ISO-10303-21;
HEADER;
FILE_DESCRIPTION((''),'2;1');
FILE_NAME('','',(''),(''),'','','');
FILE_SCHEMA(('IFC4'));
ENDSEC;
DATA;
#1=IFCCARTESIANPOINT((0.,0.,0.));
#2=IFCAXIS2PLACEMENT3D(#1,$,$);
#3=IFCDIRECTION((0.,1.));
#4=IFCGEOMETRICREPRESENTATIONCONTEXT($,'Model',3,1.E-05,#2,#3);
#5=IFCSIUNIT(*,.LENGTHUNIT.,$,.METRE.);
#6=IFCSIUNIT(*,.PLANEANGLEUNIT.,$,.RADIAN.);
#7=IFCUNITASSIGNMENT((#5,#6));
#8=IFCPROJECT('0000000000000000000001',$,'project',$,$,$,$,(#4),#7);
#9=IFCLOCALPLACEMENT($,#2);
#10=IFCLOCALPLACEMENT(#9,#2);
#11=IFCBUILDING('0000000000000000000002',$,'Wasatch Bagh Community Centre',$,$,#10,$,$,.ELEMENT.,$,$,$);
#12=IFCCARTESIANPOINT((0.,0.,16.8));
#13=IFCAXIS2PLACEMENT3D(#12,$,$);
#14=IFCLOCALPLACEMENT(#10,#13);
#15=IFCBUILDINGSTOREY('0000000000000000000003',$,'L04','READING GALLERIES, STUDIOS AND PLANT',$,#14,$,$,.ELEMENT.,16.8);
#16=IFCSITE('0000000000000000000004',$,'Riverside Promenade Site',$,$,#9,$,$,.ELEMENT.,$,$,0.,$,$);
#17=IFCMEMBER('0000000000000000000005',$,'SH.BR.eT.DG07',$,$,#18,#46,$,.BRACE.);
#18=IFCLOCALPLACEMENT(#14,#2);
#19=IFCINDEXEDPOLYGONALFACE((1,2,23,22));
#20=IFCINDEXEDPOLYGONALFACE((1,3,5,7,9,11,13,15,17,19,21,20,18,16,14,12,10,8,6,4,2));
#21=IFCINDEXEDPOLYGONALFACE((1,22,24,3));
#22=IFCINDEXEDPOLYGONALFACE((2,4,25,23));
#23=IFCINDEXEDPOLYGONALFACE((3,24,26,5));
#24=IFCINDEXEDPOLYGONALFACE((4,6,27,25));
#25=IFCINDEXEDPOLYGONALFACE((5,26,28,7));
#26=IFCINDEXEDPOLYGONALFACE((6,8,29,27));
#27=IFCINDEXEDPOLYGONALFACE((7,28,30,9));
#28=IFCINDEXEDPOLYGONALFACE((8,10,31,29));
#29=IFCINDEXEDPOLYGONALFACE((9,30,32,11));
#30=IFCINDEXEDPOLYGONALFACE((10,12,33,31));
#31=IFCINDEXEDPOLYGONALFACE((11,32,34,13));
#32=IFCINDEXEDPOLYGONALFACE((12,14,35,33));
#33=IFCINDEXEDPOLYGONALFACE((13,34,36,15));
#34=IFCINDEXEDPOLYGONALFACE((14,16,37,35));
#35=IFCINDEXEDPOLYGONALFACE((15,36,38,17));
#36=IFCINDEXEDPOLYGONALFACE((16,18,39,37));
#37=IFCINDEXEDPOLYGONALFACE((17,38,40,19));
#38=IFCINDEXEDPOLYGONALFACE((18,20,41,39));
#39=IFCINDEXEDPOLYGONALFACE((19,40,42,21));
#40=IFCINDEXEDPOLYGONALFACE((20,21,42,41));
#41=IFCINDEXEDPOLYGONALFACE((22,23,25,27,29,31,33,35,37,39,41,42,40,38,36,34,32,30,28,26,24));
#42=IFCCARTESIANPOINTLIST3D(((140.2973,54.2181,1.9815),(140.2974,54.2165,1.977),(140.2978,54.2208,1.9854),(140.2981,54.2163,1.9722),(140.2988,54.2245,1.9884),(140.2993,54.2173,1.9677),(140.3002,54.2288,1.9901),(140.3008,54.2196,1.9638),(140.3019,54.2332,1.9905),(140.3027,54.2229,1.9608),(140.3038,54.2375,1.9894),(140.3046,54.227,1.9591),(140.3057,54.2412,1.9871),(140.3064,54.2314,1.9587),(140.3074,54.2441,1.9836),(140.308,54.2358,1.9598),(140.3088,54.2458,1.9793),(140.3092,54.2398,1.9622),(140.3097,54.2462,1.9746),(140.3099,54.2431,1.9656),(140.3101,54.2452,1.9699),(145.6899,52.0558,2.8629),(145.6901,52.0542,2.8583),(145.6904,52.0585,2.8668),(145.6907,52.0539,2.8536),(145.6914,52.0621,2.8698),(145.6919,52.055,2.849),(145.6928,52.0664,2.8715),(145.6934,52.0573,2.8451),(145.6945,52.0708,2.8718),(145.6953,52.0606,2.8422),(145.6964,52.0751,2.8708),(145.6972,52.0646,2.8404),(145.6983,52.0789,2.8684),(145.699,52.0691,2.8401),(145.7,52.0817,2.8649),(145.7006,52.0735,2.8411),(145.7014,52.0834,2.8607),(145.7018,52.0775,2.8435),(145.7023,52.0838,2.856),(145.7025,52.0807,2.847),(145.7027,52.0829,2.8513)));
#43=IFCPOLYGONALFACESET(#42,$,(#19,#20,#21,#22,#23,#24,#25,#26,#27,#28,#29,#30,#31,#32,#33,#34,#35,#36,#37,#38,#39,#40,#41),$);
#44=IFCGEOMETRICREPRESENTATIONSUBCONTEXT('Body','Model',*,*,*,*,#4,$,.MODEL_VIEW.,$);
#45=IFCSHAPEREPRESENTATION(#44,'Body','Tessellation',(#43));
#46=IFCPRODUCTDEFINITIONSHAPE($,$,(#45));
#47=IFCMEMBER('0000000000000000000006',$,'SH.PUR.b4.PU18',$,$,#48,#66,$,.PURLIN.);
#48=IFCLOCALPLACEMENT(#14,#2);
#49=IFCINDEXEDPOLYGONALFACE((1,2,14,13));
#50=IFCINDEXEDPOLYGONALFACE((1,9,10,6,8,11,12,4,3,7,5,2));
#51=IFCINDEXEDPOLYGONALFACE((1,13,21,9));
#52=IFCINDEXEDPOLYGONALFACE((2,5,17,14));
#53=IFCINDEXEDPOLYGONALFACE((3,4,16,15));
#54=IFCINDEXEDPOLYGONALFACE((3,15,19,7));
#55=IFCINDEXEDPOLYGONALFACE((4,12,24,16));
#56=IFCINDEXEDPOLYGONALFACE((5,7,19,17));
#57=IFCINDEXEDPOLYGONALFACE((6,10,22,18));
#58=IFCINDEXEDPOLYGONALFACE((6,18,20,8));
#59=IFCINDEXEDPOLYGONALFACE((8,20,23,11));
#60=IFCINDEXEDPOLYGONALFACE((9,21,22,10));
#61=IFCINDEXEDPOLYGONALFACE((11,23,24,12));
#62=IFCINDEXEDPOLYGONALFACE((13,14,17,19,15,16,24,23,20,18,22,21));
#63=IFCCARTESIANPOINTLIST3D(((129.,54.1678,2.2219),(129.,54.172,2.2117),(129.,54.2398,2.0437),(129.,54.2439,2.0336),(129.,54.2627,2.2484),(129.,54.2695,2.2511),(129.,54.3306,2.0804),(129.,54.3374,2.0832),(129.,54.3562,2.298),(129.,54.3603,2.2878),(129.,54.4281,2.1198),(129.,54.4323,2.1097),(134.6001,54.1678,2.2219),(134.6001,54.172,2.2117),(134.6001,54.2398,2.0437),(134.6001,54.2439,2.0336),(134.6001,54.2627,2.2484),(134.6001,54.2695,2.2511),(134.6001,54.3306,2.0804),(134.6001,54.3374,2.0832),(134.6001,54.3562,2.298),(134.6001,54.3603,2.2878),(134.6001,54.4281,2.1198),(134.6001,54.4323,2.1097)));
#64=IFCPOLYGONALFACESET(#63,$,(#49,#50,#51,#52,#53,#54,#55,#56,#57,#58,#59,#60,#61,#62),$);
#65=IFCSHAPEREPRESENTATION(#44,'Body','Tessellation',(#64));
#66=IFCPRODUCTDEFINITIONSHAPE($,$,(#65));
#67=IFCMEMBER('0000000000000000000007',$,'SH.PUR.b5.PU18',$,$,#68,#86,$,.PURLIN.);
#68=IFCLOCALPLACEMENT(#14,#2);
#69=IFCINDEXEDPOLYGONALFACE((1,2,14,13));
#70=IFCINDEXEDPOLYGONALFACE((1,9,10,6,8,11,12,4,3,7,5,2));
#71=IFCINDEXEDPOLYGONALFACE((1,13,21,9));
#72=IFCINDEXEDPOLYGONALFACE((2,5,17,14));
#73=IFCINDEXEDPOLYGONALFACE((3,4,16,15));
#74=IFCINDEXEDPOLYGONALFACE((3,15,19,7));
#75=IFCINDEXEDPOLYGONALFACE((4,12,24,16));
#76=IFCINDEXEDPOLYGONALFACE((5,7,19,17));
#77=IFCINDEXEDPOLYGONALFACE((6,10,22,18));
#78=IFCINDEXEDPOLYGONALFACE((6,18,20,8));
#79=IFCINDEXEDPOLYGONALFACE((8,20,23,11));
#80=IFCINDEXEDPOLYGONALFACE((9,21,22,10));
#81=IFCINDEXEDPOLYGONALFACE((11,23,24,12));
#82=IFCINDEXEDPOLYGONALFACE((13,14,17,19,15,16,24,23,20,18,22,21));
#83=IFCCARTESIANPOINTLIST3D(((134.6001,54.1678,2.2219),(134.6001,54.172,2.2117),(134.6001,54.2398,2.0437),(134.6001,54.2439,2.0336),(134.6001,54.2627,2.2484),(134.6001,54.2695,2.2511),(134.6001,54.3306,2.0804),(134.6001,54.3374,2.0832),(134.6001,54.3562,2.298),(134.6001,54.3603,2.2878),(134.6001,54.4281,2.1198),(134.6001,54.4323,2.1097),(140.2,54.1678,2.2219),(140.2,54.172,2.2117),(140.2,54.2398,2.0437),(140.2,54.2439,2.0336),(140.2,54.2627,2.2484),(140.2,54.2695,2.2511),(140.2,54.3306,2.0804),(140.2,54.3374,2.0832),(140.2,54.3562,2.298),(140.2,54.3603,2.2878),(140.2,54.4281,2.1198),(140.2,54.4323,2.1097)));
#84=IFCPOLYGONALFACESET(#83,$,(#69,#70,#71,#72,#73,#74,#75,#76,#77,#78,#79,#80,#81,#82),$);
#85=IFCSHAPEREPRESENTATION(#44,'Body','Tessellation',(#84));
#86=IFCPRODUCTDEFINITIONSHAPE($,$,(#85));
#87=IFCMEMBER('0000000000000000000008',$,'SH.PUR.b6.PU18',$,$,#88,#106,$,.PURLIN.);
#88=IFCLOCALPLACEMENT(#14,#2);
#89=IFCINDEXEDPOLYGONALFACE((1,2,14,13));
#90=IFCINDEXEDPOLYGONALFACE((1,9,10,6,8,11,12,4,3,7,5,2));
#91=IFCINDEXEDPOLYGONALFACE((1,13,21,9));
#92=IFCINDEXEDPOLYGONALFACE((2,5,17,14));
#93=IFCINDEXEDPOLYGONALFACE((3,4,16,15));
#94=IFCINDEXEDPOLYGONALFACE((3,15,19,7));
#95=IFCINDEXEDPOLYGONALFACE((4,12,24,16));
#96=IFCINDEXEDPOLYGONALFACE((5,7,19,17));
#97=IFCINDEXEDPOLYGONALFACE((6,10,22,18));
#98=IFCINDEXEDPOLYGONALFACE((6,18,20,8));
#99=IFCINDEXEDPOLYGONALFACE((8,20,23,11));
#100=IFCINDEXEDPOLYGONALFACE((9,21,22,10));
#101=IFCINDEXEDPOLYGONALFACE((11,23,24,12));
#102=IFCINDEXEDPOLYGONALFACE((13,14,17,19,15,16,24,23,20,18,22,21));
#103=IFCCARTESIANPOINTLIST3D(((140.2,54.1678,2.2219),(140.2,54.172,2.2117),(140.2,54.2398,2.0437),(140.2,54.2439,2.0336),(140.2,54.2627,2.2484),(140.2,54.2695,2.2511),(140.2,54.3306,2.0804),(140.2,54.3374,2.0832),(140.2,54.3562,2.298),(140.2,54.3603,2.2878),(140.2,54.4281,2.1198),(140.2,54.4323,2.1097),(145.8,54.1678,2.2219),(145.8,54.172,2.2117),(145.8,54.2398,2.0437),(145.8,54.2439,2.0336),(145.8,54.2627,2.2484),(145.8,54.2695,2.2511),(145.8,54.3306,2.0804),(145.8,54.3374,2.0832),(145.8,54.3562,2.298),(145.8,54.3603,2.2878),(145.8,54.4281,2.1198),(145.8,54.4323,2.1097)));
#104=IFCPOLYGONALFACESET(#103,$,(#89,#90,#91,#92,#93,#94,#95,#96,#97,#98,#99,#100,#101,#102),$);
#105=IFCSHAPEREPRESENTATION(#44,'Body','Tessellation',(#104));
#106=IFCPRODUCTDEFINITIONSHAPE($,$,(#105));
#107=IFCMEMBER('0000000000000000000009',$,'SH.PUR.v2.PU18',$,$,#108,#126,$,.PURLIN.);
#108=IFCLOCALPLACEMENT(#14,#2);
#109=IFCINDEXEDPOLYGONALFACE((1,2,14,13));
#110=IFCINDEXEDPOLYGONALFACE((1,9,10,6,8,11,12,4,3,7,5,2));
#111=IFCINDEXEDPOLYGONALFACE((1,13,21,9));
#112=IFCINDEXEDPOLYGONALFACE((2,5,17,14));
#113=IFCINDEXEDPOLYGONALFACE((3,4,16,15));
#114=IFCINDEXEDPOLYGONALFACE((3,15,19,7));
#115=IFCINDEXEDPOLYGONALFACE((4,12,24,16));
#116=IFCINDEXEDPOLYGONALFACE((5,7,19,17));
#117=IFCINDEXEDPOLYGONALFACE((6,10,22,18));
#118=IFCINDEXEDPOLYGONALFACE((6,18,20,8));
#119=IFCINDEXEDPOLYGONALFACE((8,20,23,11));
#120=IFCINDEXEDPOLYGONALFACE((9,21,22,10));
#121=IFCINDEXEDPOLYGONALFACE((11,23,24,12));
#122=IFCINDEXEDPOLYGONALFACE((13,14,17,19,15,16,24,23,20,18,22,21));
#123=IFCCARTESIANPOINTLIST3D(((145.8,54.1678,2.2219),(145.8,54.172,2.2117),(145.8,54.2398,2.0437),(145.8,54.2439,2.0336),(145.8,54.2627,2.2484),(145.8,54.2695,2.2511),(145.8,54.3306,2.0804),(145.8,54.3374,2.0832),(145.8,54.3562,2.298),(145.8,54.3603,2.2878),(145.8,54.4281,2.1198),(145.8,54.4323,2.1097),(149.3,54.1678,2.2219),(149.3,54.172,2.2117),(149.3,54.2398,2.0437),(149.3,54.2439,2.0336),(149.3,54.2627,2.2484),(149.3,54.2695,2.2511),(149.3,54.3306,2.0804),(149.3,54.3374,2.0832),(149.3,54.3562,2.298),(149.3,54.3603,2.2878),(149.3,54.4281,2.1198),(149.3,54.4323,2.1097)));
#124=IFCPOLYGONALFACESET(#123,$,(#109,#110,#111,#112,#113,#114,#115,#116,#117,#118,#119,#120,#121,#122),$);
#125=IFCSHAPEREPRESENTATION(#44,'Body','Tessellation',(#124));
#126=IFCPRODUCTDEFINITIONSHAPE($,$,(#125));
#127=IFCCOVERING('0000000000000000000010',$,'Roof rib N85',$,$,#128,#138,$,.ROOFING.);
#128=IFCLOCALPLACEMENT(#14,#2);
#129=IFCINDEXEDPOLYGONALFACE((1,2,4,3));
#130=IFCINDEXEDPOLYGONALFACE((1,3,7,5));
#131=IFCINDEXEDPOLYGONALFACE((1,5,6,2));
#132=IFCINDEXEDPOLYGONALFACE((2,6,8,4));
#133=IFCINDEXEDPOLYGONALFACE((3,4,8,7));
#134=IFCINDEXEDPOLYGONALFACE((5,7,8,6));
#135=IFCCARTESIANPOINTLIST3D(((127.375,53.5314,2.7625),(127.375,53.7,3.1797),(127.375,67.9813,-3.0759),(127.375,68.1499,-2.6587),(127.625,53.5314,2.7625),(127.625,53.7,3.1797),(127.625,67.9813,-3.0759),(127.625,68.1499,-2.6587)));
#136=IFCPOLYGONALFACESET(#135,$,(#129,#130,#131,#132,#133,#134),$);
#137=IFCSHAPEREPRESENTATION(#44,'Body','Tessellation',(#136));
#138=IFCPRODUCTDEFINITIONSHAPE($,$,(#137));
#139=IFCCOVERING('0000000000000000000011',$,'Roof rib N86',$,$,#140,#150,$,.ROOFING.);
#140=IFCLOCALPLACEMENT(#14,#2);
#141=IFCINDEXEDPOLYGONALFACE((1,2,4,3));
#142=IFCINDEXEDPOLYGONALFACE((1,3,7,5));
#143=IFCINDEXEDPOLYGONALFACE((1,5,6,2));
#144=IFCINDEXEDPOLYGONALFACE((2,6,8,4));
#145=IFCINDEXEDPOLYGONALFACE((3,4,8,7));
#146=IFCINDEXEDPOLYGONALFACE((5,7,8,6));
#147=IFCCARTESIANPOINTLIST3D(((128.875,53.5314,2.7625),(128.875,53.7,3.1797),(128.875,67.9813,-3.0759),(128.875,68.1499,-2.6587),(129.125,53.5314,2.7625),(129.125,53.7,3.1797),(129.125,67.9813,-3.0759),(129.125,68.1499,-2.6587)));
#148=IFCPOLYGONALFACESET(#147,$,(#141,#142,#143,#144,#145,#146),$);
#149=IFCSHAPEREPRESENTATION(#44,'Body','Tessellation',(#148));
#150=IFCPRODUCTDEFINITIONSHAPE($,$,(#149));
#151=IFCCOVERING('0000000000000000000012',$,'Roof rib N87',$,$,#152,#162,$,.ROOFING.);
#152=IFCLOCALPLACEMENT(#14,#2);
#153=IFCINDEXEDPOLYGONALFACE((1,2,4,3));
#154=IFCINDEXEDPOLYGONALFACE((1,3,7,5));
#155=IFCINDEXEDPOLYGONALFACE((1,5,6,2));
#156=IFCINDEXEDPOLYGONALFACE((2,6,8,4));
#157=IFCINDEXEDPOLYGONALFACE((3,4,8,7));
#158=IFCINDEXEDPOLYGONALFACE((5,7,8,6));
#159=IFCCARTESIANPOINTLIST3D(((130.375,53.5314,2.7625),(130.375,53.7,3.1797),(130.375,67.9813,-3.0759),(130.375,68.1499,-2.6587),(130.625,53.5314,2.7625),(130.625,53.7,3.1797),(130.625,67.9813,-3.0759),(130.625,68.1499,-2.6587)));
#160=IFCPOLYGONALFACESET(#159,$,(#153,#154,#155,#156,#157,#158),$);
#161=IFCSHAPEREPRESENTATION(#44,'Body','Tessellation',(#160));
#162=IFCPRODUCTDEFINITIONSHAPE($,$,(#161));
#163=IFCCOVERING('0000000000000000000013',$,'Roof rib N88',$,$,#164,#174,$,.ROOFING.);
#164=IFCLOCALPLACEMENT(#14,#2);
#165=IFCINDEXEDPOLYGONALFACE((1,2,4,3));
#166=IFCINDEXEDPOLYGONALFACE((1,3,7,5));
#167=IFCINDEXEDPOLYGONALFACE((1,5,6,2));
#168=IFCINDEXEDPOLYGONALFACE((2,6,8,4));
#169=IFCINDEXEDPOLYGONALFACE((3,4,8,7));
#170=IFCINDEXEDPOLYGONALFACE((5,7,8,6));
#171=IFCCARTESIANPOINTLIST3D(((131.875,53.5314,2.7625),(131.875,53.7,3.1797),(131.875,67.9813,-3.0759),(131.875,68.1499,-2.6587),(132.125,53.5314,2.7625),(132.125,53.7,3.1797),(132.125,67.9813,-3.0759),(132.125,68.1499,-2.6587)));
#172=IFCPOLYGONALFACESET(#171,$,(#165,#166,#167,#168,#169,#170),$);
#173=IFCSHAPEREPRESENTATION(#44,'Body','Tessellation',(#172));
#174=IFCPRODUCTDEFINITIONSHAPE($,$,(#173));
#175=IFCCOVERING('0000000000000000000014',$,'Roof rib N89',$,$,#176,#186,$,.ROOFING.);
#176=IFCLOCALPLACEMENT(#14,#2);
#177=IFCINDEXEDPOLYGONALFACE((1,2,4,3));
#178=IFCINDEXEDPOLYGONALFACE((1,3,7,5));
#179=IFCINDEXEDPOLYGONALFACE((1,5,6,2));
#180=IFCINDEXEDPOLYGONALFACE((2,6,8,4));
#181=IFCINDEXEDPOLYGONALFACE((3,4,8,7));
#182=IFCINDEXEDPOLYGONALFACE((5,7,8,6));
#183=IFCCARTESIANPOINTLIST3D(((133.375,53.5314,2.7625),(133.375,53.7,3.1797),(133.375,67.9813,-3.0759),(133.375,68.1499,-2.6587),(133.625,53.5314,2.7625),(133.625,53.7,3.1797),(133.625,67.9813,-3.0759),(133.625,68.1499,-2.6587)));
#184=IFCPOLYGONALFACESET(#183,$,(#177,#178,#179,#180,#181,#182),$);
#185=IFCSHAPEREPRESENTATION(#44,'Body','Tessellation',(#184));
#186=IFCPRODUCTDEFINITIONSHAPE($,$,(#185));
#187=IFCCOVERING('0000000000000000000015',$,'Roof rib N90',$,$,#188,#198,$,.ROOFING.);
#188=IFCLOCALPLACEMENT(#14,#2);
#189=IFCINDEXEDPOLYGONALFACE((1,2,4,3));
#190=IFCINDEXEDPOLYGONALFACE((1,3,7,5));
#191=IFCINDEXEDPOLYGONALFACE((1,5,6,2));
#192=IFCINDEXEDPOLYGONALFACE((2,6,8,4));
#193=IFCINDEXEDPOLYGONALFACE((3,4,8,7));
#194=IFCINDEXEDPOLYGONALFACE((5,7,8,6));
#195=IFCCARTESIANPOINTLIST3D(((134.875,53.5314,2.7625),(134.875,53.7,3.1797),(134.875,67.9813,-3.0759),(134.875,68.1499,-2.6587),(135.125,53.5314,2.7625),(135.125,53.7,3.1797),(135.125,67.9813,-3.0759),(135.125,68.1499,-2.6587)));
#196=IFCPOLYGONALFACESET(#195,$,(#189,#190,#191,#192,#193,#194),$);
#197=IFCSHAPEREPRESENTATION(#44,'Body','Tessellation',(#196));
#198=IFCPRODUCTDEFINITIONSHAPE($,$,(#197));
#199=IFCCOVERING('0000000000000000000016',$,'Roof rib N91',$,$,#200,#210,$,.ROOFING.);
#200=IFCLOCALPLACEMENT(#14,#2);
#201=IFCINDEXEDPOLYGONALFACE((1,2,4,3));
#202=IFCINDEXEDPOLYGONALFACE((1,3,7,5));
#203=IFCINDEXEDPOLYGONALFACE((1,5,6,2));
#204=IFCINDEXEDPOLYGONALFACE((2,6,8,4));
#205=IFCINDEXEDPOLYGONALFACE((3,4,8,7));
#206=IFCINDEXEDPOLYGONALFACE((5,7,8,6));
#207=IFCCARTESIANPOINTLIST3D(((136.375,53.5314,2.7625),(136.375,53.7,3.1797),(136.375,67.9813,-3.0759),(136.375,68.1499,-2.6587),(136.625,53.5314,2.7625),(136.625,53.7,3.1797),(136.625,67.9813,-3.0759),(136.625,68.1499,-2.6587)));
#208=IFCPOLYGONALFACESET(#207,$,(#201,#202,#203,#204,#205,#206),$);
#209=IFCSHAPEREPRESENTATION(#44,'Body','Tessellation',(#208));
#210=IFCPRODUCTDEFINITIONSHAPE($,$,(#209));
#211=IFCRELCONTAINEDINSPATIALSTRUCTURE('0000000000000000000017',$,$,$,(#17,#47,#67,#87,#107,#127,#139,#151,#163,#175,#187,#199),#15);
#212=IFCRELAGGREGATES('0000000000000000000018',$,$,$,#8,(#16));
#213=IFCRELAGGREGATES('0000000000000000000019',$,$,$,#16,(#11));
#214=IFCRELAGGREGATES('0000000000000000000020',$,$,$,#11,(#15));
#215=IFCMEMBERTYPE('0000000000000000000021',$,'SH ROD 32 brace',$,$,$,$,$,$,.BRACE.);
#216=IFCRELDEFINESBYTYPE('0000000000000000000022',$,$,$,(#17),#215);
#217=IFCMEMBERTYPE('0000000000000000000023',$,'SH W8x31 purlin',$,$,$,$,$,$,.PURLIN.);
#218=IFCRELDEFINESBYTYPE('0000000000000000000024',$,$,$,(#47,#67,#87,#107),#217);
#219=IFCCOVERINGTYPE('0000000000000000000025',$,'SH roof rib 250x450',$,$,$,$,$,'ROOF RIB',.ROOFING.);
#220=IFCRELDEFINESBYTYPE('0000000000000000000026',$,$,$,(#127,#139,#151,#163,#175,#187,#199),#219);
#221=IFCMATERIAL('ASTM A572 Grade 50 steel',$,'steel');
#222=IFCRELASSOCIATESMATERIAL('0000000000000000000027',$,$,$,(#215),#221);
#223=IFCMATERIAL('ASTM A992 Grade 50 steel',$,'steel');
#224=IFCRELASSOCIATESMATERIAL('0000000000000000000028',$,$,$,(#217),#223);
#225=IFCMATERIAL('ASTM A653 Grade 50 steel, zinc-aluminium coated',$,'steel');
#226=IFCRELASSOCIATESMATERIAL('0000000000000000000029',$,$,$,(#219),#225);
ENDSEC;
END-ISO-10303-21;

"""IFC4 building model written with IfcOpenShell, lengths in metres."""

from ifc_helpers import new_model, si_unit, direction, frame, origin, origin_2d, place, context, subcontext, project, spatial, polyline, circle, i_section, outline, extrude, material, material_profile, profile_set, type_object, element, save


model = new_model("IFC4")

# Units and contexts
model_context = context("Model", 3, precision=1e-05, world=origin(), true_north=direction((0.0, 1.0)))
body_context = subcontext(model_context, "Body", "Model", "MODEL_VIEW")
ifc_project = project(units=[si_unit("LENGTHUNIT", "METRE"), si_unit("PLANEANGLEUNIT", "RADIAN")], contexts=[model_context])

# Site, building, storey
site_placement = place(None, origin())
site = spatial("IfcSite", under=ifc_project, at=site_placement, Name="Riverside Promenade Site", CompositionType="ELEMENT", RefElevation=0.0)
building_placement = place(site_placement, origin())
building = spatial("IfcBuilding", under=site, at=building_placement, Name="Wasatch Bagh Community Centre", CompositionType="ELEMENT")
storey_placement = place(building_placement, frame((0.0, 0.0, 16.8)))
storey = spatial("IfcBuildingStorey", under=building, at=storey_placement, Name="L04", Description="READING GALLERIES, STUDIOS AND PLANT", CompositionType="ELEMENT", Elevation=16.8)

# Members
ifc_material_1 = material(Name="ASTM A572 Grade 50 steel", Category="steel")
ifc_material_profile_1 = material_profile(ifc_material_1, circle(Radius=0.0161, at=origin_2d()), Name="ROD 32")
ifc_profile_set_1 = profile_set([ifc_material_profile_1], Name="ASTM A572 Grade 50 steel")
member_type_1 = type_object("IfcMemberType", Name="SH ROD 32 brace", PredefinedType="BRACE", material=ifc_profile_set_1)
member_1_placement = place(storey_placement, frame((140.3037, 54.2312, 1.9746), z_axis=(0.917662, -0.367971, 0.14998), x_axis=(0.37218, 0.92816, 0.0)))
element("IfcMember", 1, at=member_1_placement, inside=storey, type_object=member_type_1, Name="SH.BR.eT.DG07", PredefinedType="BRACE", context=body_context, shape_type="SweptSolid", body=[
    extrude(circle(Radius=0.0161, at=origin_2d()), origin(), (0.0, 0.0, 1.0), 5.8765),
])
ifc_material_2 = material(Name="ASTM A992 Grade 50 steel", Category="steel")
ifc_material_profile_2 = material_profile(ifc_material_2, i_section(OverallWidth=0.2031, OverallDepth=0.2031, WebThickness=0.0073, FlangeThickness=0.011, at=origin_2d()), Name="W8x31")
ifc_profile_set_2 = profile_set([ifc_material_profile_2], Name="ASTM A992 Grade 50 steel")
member_type_2 = type_object("IfcMemberType", Name="SH W8x31 purlin", PredefinedType="PURLIN", material=ifc_profile_set_2)
member_2_placement = place(storey_placement, frame((129.0, 54.3, 2.1658), z_axis=(1.0, 0.0, 0.0), x_axis=(0.0, 0.927184, 0.374607)))
element("IfcMember", 2, at=member_2_placement, inside=storey, type_object=member_type_2, Name="SH.PUR.b4.PU18", PredefinedType="PURLIN", context=body_context, shape_type="SweptSolid", body=[
    extrude(i_section(OverallWidth=0.2031, OverallDepth=0.2031, WebThickness=0.0073, FlangeThickness=0.011, at=origin_2d()), origin(), (0.0, 0.0, 1.0), 5.6001),
])
member_3_placement = place(storey_placement, frame((134.6001, 54.3, 2.1658), z_axis=(1.0, 0.0, 0.0), x_axis=(0.0, 0.927184, 0.374607)))
element("IfcMember", 3, at=member_3_placement, inside=storey, type_object=member_type_2, Name="SH.PUR.b5.PU18", PredefinedType="PURLIN", context=body_context, shape_type="SweptSolid", body=[
    extrude(i_section(OverallWidth=0.2031, OverallDepth=0.2031, WebThickness=0.0073, FlangeThickness=0.011, at=origin_2d()), origin(), (0.0, 0.0, 1.0), 5.5999),
])
member_4_placement = place(storey_placement, frame((140.2, 54.3, 2.1658), z_axis=(1.0, 0.0, 0.0), x_axis=(0.0, 0.927184, 0.374607)))
element("IfcMember", 4, at=member_4_placement, inside=storey, type_object=member_type_2, Name="SH.PUR.b6.PU18", PredefinedType="PURLIN", context=body_context, shape_type="SweptSolid", body=[
    extrude(i_section(OverallWidth=0.2031, OverallDepth=0.2031, WebThickness=0.0073, FlangeThickness=0.011, at=origin_2d()), origin(), (0.0, 0.0, 1.0), 5.6001),
])
member_5_placement = place(storey_placement, frame((145.8, 54.3, 2.1658), z_axis=(1.0, 0.0, 0.0), x_axis=(0.0, 0.927184, 0.374607)))
element("IfcMember", 5, at=member_5_placement, inside=storey, type_object=member_type_2, Name="SH.PUR.v2.PU18", PredefinedType="PURLIN", context=body_context, shape_type="SweptSolid", body=[
    extrude(i_section(OverallWidth=0.2031, OverallDepth=0.2031, WebThickness=0.0073, FlangeThickness=0.011, at=origin_2d()), origin(), (0.0, 0.0, 1.0), 3.5),
])

# Coverings
ifc_material_3 = material(Name="ASTM A653 Grade 50 steel, zinc-aluminium coated", Category="steel")
covering_type = type_object("IfcCoveringType", Name="SH roof rib 250x450", ElementType="ROOF RIB", PredefinedType="ROOFING", material=ifc_material_3)
for number, where, z_axis, x_axis, name in (
    (6, (127.375, 53.7, 3.1797), (0.0, 0.374619, 0.927179), (0.0, 0.927179, -0.374619), "Roof rib N85"),
    (7, (128.875, 53.7, 3.1797), (0.0, 0.374619, 0.927179), (0.0, 0.927179, -0.374619), "Roof rib N86"),
    (8, (130.375, 53.7, 3.1797), (0.0, 0.374619, 0.927179), (0.0, 0.927179, -0.374619), "Roof rib N87"),
    (9, (131.875, 53.7, 3.1797), (0.0, 0.374619, 0.927179), (0.0, 0.927179, -0.374619), "Roof rib N88"),
    (10, (133.375, 53.7, 3.1797), (0.0, 0.374619, 0.927179), (0.0, 0.927179, -0.374619), "Roof rib N89"),
    (11, (134.875, 53.7, 3.1797), (0.0, 0.374619, 0.927179), (0.0, 0.927179, -0.374619), "Roof rib N90"),
    (12, (136.375, 53.7, 3.1797), (0.0, 0.374619, 0.927179), (0.0, 0.927179, -0.374619), "Roof rib N91"),
):
    element("IfcCovering", number, at=place(storey_placement, frame(where, z_axis=z_axis, x_axis=x_axis)), inside=storey, type_object=covering_type, Name=name, PredefinedType="ROOFING", context=body_context, shape_type="SweptSolid", body=[
        extrude(outline(polyline([(0.0, 0.0), (15.5849, 0.0), (15.5849, -0.25), (0.0, -0.25), (0.0, 0.0)])), origin(), (0.0, 0.0, -1.0), 0.45),
    ])

save(model, "model.ifc")
